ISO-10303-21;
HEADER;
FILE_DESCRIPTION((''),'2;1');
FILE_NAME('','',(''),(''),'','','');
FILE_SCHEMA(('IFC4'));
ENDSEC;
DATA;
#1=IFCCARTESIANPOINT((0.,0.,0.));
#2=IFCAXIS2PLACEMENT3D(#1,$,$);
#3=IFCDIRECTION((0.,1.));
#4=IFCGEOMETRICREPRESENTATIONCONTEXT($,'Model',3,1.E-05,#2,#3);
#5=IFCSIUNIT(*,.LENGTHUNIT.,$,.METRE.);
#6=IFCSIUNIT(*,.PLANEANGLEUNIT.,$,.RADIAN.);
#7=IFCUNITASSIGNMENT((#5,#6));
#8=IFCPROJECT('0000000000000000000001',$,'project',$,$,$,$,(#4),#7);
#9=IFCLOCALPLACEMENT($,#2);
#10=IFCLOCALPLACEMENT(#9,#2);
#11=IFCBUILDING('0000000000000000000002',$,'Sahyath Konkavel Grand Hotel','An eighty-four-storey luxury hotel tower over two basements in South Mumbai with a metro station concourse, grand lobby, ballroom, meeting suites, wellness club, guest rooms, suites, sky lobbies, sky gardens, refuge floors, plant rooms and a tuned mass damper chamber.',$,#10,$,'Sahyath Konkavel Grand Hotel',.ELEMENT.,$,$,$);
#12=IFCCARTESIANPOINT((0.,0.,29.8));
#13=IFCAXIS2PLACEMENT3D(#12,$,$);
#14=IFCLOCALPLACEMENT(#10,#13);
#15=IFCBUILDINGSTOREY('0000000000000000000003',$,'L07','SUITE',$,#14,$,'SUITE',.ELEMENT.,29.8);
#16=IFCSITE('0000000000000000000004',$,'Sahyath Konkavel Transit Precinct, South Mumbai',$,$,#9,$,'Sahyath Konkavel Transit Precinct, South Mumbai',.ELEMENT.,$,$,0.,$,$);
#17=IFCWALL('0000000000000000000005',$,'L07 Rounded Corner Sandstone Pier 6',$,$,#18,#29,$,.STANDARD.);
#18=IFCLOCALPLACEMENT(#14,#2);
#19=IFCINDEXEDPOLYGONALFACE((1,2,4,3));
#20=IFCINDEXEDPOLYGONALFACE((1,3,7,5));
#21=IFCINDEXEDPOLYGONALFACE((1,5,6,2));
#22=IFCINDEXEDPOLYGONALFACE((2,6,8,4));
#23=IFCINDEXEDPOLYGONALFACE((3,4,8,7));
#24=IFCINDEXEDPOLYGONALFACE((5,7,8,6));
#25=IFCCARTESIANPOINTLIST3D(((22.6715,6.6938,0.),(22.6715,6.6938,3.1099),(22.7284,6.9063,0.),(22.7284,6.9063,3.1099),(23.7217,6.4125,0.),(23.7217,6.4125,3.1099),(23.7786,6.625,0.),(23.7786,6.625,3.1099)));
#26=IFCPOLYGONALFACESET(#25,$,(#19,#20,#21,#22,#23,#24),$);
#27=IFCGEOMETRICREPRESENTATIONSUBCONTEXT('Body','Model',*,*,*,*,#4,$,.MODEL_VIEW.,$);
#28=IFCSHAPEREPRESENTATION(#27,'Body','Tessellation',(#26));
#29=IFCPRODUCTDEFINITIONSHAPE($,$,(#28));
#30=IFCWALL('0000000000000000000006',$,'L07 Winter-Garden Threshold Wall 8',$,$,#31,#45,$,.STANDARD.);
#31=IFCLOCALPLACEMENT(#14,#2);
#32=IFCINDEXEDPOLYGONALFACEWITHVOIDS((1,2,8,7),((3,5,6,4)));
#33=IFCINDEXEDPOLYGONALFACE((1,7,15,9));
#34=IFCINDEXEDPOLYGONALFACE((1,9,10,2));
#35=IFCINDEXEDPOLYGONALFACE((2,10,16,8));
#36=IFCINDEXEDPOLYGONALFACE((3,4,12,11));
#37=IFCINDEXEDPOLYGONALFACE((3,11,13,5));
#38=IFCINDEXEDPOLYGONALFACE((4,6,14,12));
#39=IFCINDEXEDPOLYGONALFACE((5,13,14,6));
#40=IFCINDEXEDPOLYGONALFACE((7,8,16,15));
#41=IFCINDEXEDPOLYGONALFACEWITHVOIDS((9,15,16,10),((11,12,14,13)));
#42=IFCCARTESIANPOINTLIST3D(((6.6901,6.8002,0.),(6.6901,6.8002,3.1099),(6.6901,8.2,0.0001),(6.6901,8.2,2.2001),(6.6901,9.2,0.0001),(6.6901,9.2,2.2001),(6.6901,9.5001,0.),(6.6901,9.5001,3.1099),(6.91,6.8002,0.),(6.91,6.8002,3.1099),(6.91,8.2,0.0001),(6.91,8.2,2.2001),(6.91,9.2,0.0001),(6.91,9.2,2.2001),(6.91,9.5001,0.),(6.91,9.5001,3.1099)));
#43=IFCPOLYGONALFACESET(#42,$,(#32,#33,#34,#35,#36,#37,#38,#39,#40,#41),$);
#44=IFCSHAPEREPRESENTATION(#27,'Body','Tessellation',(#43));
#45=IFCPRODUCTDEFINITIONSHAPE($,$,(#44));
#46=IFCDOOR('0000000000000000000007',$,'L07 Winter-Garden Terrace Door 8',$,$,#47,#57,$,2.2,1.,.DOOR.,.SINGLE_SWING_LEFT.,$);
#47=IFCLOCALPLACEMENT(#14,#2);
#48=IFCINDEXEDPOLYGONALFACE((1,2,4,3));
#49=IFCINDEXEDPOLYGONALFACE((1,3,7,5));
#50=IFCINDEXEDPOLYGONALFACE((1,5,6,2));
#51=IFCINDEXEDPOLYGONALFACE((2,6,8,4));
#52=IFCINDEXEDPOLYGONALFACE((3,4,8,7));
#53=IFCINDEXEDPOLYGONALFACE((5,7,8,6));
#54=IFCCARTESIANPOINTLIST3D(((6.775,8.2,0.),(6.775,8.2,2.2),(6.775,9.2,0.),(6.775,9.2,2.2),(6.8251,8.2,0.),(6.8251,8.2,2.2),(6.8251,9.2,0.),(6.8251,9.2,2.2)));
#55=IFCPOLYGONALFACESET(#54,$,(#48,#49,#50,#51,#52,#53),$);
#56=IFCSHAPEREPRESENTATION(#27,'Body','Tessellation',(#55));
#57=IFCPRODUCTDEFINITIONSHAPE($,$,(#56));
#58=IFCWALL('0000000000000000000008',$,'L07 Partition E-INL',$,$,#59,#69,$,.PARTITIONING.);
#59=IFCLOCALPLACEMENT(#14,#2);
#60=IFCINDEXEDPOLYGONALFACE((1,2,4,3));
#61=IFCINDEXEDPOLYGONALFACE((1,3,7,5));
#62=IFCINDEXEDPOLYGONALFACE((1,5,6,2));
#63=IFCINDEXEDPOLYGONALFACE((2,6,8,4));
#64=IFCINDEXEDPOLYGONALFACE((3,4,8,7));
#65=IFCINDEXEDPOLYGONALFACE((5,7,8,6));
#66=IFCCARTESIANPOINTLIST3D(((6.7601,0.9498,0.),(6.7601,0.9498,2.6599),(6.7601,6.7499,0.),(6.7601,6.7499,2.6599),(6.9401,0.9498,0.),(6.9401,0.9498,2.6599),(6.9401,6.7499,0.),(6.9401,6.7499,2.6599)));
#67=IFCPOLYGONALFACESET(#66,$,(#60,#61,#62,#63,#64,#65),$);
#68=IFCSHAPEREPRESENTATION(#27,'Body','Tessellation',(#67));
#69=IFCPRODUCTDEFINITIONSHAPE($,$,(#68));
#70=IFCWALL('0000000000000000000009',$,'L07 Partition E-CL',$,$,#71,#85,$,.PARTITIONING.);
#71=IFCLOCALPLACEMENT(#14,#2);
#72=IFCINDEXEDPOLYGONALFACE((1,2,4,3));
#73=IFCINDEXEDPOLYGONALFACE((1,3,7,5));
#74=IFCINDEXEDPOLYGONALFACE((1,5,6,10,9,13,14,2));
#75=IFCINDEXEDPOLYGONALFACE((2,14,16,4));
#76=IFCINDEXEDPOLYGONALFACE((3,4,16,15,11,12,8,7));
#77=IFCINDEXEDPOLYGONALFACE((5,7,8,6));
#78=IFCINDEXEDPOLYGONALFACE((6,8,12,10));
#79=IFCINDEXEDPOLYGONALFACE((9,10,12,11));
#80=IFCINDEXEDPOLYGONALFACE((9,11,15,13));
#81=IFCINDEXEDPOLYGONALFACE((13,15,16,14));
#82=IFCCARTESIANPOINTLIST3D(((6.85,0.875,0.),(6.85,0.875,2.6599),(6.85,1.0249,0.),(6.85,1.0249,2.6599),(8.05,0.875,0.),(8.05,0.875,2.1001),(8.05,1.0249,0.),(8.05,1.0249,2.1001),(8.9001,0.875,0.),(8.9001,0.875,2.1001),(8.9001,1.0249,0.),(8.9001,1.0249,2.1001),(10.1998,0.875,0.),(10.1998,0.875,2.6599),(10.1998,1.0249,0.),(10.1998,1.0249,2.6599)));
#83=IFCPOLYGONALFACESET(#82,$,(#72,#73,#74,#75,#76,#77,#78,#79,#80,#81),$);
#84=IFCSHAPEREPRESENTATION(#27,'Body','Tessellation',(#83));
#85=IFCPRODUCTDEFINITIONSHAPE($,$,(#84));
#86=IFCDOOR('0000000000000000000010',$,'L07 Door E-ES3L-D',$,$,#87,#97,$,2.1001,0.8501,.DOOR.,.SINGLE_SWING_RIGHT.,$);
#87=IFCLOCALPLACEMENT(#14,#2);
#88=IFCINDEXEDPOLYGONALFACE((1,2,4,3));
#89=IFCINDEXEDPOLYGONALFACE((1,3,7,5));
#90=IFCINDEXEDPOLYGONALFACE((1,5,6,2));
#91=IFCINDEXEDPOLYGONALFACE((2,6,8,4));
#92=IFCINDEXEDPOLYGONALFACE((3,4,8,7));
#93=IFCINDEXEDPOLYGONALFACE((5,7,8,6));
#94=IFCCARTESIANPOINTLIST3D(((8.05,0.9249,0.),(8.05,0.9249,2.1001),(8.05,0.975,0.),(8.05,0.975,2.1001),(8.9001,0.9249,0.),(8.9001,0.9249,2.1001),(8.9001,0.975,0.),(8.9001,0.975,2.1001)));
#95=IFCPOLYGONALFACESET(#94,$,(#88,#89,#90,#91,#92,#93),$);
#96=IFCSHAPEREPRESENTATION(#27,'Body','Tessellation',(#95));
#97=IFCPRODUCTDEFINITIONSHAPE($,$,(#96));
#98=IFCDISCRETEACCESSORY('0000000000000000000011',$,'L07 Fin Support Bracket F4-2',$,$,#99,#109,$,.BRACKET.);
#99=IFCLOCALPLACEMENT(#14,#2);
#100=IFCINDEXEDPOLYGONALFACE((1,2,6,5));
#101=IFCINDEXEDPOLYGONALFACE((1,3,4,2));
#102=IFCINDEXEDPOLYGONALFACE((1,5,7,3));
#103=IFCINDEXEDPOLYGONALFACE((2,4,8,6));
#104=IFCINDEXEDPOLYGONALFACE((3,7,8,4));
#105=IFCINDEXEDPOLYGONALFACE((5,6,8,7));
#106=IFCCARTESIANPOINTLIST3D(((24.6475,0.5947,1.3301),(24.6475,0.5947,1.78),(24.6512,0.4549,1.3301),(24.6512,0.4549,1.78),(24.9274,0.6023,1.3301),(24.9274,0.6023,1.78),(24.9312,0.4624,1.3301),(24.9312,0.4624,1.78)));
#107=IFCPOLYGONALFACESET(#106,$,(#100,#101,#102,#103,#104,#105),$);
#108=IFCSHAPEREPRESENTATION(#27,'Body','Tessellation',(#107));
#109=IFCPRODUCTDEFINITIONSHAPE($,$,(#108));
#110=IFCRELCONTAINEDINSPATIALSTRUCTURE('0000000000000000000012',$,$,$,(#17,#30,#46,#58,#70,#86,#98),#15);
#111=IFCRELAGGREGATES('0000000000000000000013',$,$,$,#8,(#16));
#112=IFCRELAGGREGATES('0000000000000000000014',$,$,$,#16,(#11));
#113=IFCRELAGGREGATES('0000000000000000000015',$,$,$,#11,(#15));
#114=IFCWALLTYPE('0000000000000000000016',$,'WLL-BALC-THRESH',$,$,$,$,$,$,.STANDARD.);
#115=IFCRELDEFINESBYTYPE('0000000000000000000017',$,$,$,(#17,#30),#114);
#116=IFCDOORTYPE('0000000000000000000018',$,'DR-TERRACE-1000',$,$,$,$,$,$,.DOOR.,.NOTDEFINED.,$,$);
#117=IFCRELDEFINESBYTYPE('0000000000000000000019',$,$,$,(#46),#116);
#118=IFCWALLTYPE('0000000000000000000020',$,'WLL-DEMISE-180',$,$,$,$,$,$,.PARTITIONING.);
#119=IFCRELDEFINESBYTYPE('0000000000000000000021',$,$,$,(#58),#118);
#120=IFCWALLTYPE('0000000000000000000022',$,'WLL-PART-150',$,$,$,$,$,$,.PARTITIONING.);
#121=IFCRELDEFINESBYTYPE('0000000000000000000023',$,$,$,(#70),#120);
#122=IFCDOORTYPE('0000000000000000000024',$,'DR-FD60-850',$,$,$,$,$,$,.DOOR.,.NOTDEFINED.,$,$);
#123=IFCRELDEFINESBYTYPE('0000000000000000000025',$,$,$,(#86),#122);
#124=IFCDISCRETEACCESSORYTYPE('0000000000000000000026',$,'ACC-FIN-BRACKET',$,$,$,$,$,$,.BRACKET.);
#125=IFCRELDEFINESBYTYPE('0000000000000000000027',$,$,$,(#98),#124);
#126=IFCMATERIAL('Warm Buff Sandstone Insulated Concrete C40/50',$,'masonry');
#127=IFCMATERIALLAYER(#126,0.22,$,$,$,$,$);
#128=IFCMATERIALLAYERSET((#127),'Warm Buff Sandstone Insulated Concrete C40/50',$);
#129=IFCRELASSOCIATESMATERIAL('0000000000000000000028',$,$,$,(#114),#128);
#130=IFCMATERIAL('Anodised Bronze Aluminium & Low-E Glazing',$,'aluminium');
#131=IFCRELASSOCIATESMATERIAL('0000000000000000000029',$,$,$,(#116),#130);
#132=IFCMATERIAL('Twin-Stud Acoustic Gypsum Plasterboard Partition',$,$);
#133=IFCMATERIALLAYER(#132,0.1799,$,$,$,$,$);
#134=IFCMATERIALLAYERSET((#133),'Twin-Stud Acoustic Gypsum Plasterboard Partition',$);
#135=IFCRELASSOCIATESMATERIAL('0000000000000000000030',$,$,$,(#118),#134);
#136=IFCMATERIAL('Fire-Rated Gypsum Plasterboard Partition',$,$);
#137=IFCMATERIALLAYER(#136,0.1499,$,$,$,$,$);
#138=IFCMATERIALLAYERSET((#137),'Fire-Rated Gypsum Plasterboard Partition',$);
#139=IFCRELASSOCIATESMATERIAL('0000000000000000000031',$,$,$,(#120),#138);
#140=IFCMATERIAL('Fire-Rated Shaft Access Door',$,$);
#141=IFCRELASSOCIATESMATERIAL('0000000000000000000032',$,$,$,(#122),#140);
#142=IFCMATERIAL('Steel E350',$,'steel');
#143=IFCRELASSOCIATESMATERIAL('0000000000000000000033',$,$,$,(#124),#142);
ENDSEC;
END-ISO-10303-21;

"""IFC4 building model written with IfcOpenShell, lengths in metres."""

from ifc_helpers import new_model, si_unit, direction, frame, frame_2d, origin, origin_2d, place, context, subcontext, project, spatial, rectangle, extrude, source, transform, mapped, material, layer, layer_set, type_object, element, fill, save


model = new_model("IFC4")

# Units and contexts
model_context = context("Model", 3, precision=1e-05, world=origin(), true_north=direction((0.0, 1.0)))
body_context = subcontext(model_context, "Body", "Model", "MODEL_VIEW")
ifc_project = project(units=[si_unit("LENGTHUNIT", "METRE"), si_unit("PLANEANGLEUNIT", "RADIAN")], contexts=[model_context])

# Site, building, storey
site_placement = place(None, origin())
site = spatial("IfcSite", under=ifc_project, at=site_placement, Name="Sahyath Konkavel Transit Precinct, South Mumbai", LongName="Sahyath Konkavel Transit Precinct, South Mumbai", CompositionType="ELEMENT", RefElevation=0.0)
building_placement = place(site_placement, origin())
building = spatial("IfcBuilding", under=site, at=building_placement, Name="Sahyath Konkavel Grand Hotel", Description="An eighty-four-storey luxury hotel tower over two basements in South Mumbai with a metro station concourse, grand lobby, ballroom, meeting suites, wellness club, guest rooms, suites, sky lobbies, sky gardens, refuge floors, plant rooms and a tuned mass damper chamber.", LongName="Sahyath Konkavel Grand Hotel", CompositionType="ELEMENT")
storey_placement = place(building_placement, frame((0.0, 0.0, 29.8)))
storey = spatial("IfcBuildingStorey", under=building, at=storey_placement, Name="L07", Description="SUITE", LongName="SUITE", CompositionType="ELEMENT", Elevation=29.8)

# Shared definitions
ifc_material_1 = material(Name="Steel E350", Category="steel")

# Shared definitions
ifc_material_2 = material(Name="Anodised Bronze Aluminium & Low-E Glazing", Category="aluminium")

# Wall
ifc_material_3 = material(Name="Warm Buff Sandstone Insulated Concrete C40/50", Category="masonry")
ifc_layer_1 = layer(ifc_material_3, 0.22)
ifc_layer_set_1 = layer_set([ifc_layer_1], Name="Warm Buff Sandstone Insulated Concrete C40/50")
wall_type_1 = type_object("IfcWallType", Name="WLL-BALC-THRESH", PredefinedType="STANDARD", material=ifc_layer_set_1)
for number, where, z_axis, x_axis, name in (
    (1, (23.75, 6.5188, 0.0), (0.0, 0.0, 1.0), (-0.965951, 0.258725, 0.0), "L07 Rounded Corner Sandstone Pier 6"),
):
    element("IfcWall", number, at=place(storey_placement, frame(where, z_axis=z_axis, x_axis=x_axis)), inside=storey, type_object=wall_type_1, Name=name, PredefinedType="STANDARD", context=body_context, shape_type="SweptSolid", body=[
        extrude(rectangle(XDim=1.0872, YDim=0.22, at=frame_2d((0.5435, 0.0))), origin(), (0.0, 0.0, 1.0), 3.1099),
    ])

# Wall, opening, door
wall_1_placement = place(storey_placement, frame((6.8, 6.8, 0.0), z_axis=(0.0, 0.0, 1.0), x_axis=(0.0, 1.0, 0.0)))
wall_1 = element("IfcWall", 2, at=wall_1_placement, inside=storey, type_object=wall_type_1, Name="L07 Winter-Garden Threshold Wall 8", PredefinedType="STANDARD", context=body_context, shape_type="SweptSolid", body=[
    extrude(rectangle(XDim=2.7, YDim=0.22, at=frame_2d((1.3501, 0.0))), origin(), (0.0, 0.0, 1.0), 3.1099),
])
opening_1_placement = place(wall_1_placement, frame((1.3999, 0.0, 0.0)))
opening_1 = element("IfcOpeningElement", 3, at=opening_1_placement, cuts=wall_1, PredefinedType="OPENING", context=body_context, shape_type="SweptSolid", body=[
    extrude(rectangle(XDim=1.0, YDim=2.2, at=frame_2d((0.5, 1.1001))), frame((0.0, 0.1201, 0.0), z_axis=(0.0, -1.0, 0.0), x_axis=(1.0, 0.0, 0.0)), (0.0, 0.0, 1.0), 0.24),
])
door_type_1 = type_object("IfcDoorType", Name="DR-TERRACE-1000", OperationType="NOTDEFINED", PredefinedType="DOOR", material=ifc_material_2)
shared_shape_1 = source(origin(), body_context, "Body", "SweptSolid", [
    extrude(rectangle(XDim=1.0, YDim=0.05, at=origin_2d()), origin(), (0.0, 0.0, 1.0), 2.2),
])
door_1_placement = place(opening_1_placement, frame((0.5, 0.0, 0.0)))
door_1 = element("IfcDoor", 4, at=door_1_placement, inside=storey, type_object=door_type_1, Name="L07 Winter-Garden Terrace Door 8", OperationType="SINGLE_SWING_LEFT", OverallHeight=2.2, OverallWidth=1.0, PredefinedType="DOOR", context=body_context, shape_type="MappedRepresentation", body=[
    mapped(shared_shape_1, transform((0.0, 0.0, 0.0), scale=1.0)),
])
fill(opening_1, door_1)

# Wall
ifc_material_4 = material(Name="Twin-Stud Acoustic Gypsum Plasterboard Partition")
ifc_layer_2 = layer(ifc_material_4, 0.1799)
ifc_layer_set_2 = layer_set([ifc_layer_2], Name="Twin-Stud Acoustic Gypsum Plasterboard Partition")
wall_type_2 = type_object("IfcWallType", Name="WLL-DEMISE-180", PredefinedType="PARTITIONING", material=ifc_layer_set_2)
wall_2_placement = place(storey_placement, frame((6.8501, 0.95, 0.0), z_axis=(0.0, 0.0, 1.0), x_axis=(0.0, 1.0, 0.0)))
element("IfcWall", 5, at=wall_2_placement, inside=storey, type_object=wall_type_2, Name="L07 Partition E-INL", PredefinedType="PARTITIONING", context=body_context, shape_type="SweptSolid", body=[
    extrude(rectangle(XDim=5.8, YDim=0.1799, at=frame_2d((2.8999, 0.0))), origin(), (0.0, 0.0, 1.0), 2.6599),
])

# Wall, opening, door
ifc_material_5 = material(Name="Fire-Rated Gypsum Plasterboard Partition")
ifc_layer_3 = layer(ifc_material_5, 0.1499)
ifc_layer_set_3 = layer_set([ifc_layer_3], Name="Fire-Rated Gypsum Plasterboard Partition")
wall_type_3 = type_object("IfcWallType", Name="WLL-PART-150", PredefinedType="PARTITIONING", material=ifc_layer_set_3)
wall_3_placement = place(storey_placement, frame((6.8501, 0.95, 0.0), z_axis=(0.0, 0.0, 1.0), x_axis=(1.0, 0.0, 0.0)))
wall_3 = element("IfcWall", 6, at=wall_3_placement, inside=storey, type_object=wall_type_3, Name="L07 Partition E-CL", PredefinedType="PARTITIONING", context=body_context, shape_type="SweptSolid", body=[
    extrude(rectangle(XDim=3.3499, YDim=0.1499, at=frame_2d((1.6748, 0.0))), origin(), (0.0, 0.0, 1.0), 2.6599),
])
opening_2_placement = place(wall_3_placement, frame((1.2, 0.0, 0.0)))
opening_2 = element("IfcOpeningElement", 7, at=opening_2_placement, cuts=wall_3, PredefinedType="OPENING", context=body_context, shape_type="SweptSolid", body=[
    extrude(rectangle(XDim=0.8501, YDim=2.1001, at=frame_2d((0.425, 1.05))), frame((0.0, 0.085, 0.0), z_axis=(0.0, -1.0, 0.0), x_axis=(1.0, 0.0, 0.0)), (0.0, 0.0, 1.0), 0.1699),
])
ifc_material_6 = material(Name="Fire-Rated Shaft Access Door")
door_type_2 = type_object("IfcDoorType", Name="DR-FD60-850", OperationType="NOTDEFINED", PredefinedType="DOOR", material=ifc_material_6)
shared_shape_2 = source(origin(), body_context, "Body", "SweptSolid", [
    extrude(rectangle(XDim=0.8501, YDim=0.05, at=origin_2d()), origin(), (0.0, 0.0, 1.0), 2.1001),
])
door_2_placement = place(opening_2_placement, frame((0.425, 0.0, 0.0)))
door_2 = element("IfcDoor", 8, at=door_2_placement, inside=storey, type_object=door_type_2, Name="L07 Door E-ES3L-D", OperationType="SINGLE_SWING_RIGHT", OverallHeight=2.1001, OverallWidth=0.8501, PredefinedType="DOOR", context=body_context, shape_type="MappedRepresentation", body=[
    mapped(shared_shape_2, transform((0.0, 0.0, 0.0), scale=1.0)),
])
fill(opening_2, door_2)

# Discrete accessory
discrete_accessory_type = type_object("IfcDiscreteAccessoryType", Name="ACC-FIN-BRACKET", PredefinedType="BRACKET", material=ifc_material_1)
shared_shape_3 = source(origin(), body_context, "Body", "SweptSolid", [
    extrude(rectangle(XDim=0.28, YDim=0.1399, at=origin_2d()), origin(), (0.0, 0.0, 1.0), 0.45),
])
discrete_accessory_placement = place(storey_placement, frame((24.7893, 0.5286, 1.3301), z_axis=(0.0, 0.0, 1.0), x_axis=(0.999638, 0.02691, 0.0)))
element("IfcDiscreteAccessory", 9, at=discrete_accessory_placement, inside=storey, type_object=discrete_accessory_type, Name="L07 Fin Support Bracket F4-2", PredefinedType="BRACKET", context=body_context, shape_type="MappedRepresentation", body=[
    mapped(shared_shape_3, transform((0.0, 0.0, 0.0), scale=1.0)),
])

save(model, "model.ifc")
